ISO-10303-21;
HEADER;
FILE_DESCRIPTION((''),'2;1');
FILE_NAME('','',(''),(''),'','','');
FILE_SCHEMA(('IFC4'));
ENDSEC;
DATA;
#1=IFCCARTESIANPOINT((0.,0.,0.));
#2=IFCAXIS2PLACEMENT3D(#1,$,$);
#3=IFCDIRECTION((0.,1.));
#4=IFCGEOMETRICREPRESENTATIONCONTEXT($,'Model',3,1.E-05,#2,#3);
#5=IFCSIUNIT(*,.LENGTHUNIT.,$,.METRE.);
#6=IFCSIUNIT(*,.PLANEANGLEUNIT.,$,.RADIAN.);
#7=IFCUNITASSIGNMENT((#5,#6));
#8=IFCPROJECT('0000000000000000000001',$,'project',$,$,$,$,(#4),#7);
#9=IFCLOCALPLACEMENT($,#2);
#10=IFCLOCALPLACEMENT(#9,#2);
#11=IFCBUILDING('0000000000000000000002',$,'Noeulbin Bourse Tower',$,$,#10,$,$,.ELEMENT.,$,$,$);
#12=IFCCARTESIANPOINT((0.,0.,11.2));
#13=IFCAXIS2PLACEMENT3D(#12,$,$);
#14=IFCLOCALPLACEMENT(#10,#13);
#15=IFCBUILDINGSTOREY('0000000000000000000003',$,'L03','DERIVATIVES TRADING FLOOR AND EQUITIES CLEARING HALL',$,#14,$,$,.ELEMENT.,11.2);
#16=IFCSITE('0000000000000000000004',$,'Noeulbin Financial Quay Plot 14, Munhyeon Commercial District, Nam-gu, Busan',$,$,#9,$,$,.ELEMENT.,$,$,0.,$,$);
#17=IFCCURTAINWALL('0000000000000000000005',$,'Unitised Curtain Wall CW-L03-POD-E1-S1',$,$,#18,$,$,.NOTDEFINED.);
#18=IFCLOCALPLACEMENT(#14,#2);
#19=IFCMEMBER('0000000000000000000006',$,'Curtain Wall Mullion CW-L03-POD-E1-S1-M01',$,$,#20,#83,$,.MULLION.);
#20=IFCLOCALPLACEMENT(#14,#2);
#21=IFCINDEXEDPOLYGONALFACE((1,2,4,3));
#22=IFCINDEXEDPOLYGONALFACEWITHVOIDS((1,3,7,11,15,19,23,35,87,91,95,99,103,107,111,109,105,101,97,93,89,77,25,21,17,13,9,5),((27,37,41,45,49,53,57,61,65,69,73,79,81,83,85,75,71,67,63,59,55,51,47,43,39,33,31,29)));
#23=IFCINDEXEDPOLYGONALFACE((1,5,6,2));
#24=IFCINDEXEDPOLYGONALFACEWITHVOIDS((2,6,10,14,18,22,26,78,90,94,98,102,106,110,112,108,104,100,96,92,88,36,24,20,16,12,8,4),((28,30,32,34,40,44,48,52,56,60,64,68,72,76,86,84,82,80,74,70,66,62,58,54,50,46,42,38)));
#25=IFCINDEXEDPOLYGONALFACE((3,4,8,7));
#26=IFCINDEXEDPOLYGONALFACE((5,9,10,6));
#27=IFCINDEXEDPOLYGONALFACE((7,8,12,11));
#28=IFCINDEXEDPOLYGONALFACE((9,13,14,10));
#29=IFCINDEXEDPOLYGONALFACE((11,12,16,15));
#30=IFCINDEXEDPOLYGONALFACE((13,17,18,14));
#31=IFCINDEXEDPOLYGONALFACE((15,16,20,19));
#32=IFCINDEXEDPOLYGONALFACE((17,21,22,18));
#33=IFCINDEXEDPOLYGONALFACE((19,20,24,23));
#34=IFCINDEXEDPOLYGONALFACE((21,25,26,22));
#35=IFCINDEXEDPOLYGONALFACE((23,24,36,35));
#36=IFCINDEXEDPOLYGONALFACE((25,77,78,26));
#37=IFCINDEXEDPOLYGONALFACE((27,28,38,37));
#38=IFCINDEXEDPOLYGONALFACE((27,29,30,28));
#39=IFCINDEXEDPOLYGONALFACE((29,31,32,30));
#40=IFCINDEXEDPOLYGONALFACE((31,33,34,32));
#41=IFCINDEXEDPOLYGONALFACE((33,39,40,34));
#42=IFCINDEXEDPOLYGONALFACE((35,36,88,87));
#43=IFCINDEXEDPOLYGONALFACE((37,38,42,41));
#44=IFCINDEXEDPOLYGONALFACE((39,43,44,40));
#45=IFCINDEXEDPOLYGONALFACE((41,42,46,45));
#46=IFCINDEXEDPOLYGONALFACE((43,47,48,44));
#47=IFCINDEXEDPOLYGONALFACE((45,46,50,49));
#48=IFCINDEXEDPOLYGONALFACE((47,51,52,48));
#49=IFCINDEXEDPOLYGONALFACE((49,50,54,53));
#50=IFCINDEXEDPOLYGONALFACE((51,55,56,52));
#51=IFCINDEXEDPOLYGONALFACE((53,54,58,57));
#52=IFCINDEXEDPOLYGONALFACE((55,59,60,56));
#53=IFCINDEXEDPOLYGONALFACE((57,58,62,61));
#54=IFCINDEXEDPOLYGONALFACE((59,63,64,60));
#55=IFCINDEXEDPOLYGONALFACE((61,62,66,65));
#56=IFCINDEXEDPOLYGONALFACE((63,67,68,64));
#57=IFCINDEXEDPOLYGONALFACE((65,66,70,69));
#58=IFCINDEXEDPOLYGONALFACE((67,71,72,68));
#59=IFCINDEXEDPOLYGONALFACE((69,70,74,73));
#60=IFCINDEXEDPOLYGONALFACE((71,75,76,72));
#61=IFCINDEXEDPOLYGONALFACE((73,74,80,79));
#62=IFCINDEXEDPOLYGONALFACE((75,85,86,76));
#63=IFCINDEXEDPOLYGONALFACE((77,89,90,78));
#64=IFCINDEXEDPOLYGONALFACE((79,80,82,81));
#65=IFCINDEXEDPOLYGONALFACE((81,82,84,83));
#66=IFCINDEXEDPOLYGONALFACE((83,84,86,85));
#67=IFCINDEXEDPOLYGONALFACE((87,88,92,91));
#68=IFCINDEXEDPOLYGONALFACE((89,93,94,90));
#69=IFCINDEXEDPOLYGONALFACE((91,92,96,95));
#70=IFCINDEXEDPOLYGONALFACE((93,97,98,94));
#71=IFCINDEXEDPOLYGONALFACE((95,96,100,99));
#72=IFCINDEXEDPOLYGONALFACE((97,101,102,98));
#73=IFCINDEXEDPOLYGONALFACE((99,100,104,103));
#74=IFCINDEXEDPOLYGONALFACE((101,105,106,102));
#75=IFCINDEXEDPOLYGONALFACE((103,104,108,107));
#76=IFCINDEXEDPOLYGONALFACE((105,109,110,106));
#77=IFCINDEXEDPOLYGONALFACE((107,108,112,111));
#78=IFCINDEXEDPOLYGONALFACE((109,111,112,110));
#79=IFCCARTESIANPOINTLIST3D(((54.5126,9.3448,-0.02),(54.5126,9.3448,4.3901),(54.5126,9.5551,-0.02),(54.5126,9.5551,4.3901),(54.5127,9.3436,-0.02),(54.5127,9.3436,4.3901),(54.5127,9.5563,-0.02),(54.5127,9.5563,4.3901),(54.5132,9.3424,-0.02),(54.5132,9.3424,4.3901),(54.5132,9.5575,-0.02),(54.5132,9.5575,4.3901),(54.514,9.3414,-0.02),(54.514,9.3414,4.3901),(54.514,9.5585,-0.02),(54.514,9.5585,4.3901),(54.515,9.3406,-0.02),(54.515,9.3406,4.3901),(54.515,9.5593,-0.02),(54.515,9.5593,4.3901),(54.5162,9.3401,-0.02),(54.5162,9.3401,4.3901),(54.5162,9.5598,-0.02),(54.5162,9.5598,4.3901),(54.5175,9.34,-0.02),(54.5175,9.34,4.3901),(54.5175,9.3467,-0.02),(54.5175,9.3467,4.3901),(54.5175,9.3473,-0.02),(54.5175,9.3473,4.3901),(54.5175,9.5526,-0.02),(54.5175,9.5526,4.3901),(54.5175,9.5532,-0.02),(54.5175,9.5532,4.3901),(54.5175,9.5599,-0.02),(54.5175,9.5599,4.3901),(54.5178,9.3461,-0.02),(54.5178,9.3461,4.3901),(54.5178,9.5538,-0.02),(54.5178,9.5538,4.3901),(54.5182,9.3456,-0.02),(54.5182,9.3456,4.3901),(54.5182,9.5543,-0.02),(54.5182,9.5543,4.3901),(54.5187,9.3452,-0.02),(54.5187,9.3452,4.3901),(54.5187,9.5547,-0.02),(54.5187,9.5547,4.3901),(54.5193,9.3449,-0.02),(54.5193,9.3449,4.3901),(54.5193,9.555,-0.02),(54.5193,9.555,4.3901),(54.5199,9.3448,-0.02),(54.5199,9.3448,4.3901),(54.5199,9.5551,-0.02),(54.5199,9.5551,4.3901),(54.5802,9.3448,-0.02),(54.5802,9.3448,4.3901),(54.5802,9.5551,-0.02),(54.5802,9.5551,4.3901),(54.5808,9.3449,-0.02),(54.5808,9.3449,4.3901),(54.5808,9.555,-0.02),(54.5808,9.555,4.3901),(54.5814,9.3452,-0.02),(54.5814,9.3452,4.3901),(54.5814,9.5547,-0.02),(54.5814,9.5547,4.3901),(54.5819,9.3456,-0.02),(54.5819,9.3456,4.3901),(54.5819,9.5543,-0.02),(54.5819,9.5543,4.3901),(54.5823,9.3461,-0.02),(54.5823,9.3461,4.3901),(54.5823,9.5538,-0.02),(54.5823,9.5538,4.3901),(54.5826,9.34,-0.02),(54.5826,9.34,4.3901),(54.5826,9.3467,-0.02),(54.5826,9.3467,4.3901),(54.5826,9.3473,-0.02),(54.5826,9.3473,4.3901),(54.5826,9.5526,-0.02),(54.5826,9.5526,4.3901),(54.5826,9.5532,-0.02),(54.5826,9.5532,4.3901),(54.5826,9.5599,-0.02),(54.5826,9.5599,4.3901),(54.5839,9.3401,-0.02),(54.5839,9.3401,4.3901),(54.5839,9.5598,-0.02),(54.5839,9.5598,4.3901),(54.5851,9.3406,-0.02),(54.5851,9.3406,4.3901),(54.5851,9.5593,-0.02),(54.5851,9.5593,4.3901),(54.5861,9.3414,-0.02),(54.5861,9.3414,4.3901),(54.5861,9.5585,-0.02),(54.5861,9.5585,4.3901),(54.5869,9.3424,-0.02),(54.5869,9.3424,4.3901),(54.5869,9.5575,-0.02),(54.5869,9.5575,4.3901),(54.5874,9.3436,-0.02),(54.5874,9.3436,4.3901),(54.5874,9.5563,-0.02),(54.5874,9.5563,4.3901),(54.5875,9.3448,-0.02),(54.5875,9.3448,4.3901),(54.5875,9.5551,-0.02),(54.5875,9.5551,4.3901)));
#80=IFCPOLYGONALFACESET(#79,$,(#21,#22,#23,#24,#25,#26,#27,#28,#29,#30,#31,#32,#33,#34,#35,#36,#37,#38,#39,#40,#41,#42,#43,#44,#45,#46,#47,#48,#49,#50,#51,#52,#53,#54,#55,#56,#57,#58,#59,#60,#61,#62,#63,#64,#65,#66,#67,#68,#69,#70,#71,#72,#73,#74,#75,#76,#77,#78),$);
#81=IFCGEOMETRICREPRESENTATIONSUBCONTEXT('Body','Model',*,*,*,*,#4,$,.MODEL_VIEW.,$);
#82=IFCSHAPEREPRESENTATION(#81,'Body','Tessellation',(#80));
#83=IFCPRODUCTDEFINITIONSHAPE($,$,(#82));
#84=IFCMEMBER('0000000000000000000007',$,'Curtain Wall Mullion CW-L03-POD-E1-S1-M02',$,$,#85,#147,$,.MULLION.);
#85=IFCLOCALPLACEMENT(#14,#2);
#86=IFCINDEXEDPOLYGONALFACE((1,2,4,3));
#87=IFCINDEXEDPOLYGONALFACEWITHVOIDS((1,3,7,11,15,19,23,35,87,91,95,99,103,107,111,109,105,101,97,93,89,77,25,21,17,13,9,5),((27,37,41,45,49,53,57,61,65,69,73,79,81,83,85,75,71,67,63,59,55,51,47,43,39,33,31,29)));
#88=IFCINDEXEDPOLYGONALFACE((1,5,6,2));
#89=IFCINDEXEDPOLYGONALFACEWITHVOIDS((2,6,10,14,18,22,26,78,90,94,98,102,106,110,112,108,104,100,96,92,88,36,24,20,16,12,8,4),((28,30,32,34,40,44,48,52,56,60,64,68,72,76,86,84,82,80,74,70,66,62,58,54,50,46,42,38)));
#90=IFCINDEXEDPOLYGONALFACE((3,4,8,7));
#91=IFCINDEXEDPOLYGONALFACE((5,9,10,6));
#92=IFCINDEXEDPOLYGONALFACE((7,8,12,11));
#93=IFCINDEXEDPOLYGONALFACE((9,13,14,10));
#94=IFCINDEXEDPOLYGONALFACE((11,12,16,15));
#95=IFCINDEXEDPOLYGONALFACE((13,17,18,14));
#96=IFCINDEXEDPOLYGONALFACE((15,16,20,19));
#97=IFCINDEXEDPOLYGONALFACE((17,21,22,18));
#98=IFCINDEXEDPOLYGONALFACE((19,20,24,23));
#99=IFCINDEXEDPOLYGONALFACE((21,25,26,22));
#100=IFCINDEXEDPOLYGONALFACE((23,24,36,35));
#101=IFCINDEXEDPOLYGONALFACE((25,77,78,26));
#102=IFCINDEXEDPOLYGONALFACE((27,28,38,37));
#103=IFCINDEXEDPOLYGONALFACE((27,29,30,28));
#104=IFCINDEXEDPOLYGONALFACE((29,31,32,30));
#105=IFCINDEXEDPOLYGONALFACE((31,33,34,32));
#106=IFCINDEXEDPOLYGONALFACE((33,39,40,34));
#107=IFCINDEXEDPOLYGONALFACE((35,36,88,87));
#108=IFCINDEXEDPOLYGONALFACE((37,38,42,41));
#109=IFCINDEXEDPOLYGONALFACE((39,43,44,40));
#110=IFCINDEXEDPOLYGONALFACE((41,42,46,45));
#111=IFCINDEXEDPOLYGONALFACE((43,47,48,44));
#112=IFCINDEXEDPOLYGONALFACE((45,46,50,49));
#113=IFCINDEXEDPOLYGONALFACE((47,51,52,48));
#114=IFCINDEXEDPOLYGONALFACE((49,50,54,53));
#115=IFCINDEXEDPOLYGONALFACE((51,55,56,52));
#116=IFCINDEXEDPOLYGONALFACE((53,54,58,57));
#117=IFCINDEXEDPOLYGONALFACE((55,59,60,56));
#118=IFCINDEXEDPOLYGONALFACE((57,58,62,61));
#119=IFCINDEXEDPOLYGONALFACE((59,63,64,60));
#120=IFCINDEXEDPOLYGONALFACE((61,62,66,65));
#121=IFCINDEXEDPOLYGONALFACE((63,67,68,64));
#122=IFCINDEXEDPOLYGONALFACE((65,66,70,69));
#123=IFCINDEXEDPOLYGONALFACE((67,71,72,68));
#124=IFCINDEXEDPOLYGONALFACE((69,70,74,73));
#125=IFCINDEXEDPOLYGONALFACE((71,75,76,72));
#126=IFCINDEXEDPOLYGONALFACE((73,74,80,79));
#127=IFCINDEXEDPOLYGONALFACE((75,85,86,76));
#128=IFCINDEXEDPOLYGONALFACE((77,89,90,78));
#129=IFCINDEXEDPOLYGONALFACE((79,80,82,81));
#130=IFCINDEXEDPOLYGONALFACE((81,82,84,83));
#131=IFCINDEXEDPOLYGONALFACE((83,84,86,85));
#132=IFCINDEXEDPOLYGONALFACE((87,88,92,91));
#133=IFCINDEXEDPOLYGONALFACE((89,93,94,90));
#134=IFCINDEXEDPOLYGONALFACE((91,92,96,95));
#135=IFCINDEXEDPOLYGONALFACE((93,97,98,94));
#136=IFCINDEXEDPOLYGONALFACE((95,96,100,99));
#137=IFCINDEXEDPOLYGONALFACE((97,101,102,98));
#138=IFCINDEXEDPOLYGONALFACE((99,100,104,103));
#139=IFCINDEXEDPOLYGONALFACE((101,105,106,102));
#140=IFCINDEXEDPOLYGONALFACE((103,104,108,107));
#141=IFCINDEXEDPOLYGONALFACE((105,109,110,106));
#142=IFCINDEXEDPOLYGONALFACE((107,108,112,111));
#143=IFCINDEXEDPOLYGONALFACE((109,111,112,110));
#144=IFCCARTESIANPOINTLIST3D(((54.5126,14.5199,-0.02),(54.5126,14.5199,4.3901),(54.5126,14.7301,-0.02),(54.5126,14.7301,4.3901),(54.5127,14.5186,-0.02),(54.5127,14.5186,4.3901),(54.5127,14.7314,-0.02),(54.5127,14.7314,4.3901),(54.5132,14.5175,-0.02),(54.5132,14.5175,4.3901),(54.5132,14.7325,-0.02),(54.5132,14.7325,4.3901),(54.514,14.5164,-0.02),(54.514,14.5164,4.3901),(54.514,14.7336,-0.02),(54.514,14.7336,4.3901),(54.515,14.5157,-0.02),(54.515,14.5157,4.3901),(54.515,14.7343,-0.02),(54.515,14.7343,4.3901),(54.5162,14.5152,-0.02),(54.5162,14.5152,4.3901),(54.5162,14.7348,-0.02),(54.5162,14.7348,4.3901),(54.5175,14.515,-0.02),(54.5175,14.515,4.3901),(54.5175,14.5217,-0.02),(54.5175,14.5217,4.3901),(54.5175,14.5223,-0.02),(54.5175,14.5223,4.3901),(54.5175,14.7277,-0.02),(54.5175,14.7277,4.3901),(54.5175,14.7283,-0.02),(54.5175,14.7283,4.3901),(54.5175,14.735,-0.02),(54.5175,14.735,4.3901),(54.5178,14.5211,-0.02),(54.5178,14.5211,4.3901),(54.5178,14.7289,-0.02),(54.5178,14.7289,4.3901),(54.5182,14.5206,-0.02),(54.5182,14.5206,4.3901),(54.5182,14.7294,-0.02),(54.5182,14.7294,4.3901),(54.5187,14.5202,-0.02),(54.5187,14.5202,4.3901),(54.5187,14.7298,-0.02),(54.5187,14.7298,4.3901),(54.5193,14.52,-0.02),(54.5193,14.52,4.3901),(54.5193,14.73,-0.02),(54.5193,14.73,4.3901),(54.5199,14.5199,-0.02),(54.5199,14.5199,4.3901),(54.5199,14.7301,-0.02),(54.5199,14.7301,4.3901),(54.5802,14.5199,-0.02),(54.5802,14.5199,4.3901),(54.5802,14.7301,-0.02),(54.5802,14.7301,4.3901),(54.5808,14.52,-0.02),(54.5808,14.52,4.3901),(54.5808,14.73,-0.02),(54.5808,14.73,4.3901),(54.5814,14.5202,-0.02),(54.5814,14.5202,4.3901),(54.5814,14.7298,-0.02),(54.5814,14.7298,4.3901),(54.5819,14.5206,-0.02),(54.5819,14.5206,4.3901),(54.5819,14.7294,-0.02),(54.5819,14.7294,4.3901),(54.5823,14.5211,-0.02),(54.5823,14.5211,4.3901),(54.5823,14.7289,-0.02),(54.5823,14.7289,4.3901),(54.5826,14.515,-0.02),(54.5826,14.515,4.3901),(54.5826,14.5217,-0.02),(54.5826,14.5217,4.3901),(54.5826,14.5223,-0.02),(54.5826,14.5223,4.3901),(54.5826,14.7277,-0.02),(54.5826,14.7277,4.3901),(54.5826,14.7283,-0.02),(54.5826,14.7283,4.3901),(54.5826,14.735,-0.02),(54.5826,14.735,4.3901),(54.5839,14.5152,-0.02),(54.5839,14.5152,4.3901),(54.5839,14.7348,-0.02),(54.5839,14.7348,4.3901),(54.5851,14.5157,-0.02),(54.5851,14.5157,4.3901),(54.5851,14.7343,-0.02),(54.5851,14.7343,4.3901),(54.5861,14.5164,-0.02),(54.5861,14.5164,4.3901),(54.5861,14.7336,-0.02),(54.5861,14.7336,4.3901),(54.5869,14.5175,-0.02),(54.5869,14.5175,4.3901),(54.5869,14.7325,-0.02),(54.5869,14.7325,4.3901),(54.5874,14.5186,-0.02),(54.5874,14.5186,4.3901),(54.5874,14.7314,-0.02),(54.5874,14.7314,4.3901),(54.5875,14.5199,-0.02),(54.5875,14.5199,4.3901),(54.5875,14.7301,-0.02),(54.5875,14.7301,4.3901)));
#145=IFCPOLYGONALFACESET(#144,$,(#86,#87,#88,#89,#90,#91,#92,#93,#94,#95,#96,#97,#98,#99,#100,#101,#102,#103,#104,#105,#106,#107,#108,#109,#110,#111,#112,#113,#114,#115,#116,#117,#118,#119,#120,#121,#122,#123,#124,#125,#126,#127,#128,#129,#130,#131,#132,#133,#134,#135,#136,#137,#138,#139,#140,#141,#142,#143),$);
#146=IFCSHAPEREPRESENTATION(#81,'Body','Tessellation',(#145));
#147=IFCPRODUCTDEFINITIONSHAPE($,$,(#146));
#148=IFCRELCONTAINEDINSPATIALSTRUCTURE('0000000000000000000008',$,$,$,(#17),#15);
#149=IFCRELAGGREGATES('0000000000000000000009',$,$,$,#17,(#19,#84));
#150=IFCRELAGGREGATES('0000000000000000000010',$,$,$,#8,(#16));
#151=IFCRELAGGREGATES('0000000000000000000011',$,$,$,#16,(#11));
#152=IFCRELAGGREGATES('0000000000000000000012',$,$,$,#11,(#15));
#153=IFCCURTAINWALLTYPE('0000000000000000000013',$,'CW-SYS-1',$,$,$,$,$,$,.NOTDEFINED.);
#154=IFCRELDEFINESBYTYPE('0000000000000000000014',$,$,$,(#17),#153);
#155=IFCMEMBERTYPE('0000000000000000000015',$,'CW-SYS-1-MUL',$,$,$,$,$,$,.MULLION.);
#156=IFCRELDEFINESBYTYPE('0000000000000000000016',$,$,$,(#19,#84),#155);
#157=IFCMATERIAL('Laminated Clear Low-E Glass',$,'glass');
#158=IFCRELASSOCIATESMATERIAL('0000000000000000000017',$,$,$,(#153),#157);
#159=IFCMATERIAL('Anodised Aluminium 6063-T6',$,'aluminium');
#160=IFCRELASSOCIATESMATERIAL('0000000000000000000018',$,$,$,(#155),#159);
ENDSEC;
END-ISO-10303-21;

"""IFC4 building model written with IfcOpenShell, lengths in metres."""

from ifc_helpers import new_model, si_unit, direction, frame, origin, origin_2d, place, context, subcontext, project, spatial, hollow_rectangle, extrude, material, material_profile, profile_set, type_object, element, aggregate, save


model = new_model("IFC4")

# Units and contexts
model_context = context("Model", 3, precision=1e-05, world=origin(), true_north=direction((0.0, 1.0)))
body_context = subcontext(model_context, "Body", "Model", "MODEL_VIEW")
ifc_project = project(units=[si_unit("LENGTHUNIT", "METRE"), si_unit("PLANEANGLEUNIT", "RADIAN")], contexts=[model_context])

# Site, building, storey
site_placement = place(None, origin())
site = spatial("IfcSite", under=ifc_project, at=site_placement, Name="Noeulbin Financial Quay Plot 14, Munhyeon Commercial District, Nam-gu, Busan", CompositionType="ELEMENT", RefElevation=0.0)
building_placement = place(site_placement, origin())
building = spatial("IfcBuilding", under=site, at=building_placement, Name="Noeulbin Bourse Tower", CompositionType="ELEMENT")
storey_placement = place(building_placement, frame((0.0, 0.0, 11.2)))
storey = spatial("IfcBuildingStorey", under=building, at=storey_placement, Name="L03", Description="DERIVATIVES TRADING FLOOR AND EQUITIES CLEARING HALL", CompositionType="ELEMENT", Elevation=11.2)

# Shared definitions
ifc_material_1 = material(Name="Laminated Clear Low-E Glass", Category="glass")
curtain_wall_type = type_object("IfcCurtainWallType", Name="CW-SYS-1", PredefinedType="NOTDEFINED", material=ifc_material_1)
ifc_material_2 = material(Name="Anodised Aluminium 6063-T6", Category="aluminium")
ifc_material_profile_1 = material_profile(ifc_material_2, hollow_rectangle(XDim=0.075, YDim=0.22, WallThickness=0.0049, InnerFilletRadius=0.0024, OuterFilletRadius=0.0049, at=origin_2d()), Name="ALU-MULL-75x220x5", Category="LoadBearing")
ifc_profile_set_1 = profile_set([ifc_material_profile_1], Name="Anodised Aluminium 6063-T6")
member_type_1 = type_object("IfcMemberType", Name="CW-SYS-1-MUL", PredefinedType="MULLION", material=ifc_profile_set_1)

# Curtain wall, members
curtain_wall_1_placement = place(storey_placement, origin())
curtain_wall_1 = element("IfcCurtainWall", 1, at=curtain_wall_1_placement, inside=storey, type_object=curtain_wall_type, Name="Unitised Curtain Wall CW-L03-POD-E1-S1", PredefinedType="NOTDEFINED")
member_1_placement = place(storey_placement, frame((54.55, 9.45, -0.02), z_axis=(0.0, 0.0, 1.0), x_axis=(1.0, 0.0, 0.0)))
member_1 = element("IfcMember", 2, at=member_1_placement, type_object=member_type_1, Name="Curtain Wall Mullion CW-L03-POD-E1-S1-M01", PredefinedType="MULLION", context=body_context, shape_type="SweptSolid", body=[
    extrude(hollow_rectangle(XDim=0.075, YDim=0.22, WallThickness=0.0049, InnerFilletRadius=0.0024, OuterFilletRadius=0.0049, at=origin_2d()), origin(), (0.0, 0.0, 1.0), 4.4102),
])
member_2_placement = place(storey_placement, frame((54.55, 14.625, -0.02), z_axis=(0.0, 0.0, 1.0), x_axis=(1.0, 0.0, 0.0)))
member_2 = element("IfcMember", 3, at=member_2_placement, type_object=member_type_1, Name="Curtain Wall Mullion CW-L03-POD-E1-S1-M02", PredefinedType="MULLION", context=body_context, shape_type="SweptSolid", body=[
    extrude(hollow_rectangle(XDim=0.075, YDim=0.22, WallThickness=0.0049, InnerFilletRadius=0.0024, OuterFilletRadius=0.0049, at=origin_2d()), origin(), (0.0, 0.0, 1.0), 4.4102),
])

aggregate(curtain_wall_1, [member_1, member_2])

save(model, "model.ifc")
